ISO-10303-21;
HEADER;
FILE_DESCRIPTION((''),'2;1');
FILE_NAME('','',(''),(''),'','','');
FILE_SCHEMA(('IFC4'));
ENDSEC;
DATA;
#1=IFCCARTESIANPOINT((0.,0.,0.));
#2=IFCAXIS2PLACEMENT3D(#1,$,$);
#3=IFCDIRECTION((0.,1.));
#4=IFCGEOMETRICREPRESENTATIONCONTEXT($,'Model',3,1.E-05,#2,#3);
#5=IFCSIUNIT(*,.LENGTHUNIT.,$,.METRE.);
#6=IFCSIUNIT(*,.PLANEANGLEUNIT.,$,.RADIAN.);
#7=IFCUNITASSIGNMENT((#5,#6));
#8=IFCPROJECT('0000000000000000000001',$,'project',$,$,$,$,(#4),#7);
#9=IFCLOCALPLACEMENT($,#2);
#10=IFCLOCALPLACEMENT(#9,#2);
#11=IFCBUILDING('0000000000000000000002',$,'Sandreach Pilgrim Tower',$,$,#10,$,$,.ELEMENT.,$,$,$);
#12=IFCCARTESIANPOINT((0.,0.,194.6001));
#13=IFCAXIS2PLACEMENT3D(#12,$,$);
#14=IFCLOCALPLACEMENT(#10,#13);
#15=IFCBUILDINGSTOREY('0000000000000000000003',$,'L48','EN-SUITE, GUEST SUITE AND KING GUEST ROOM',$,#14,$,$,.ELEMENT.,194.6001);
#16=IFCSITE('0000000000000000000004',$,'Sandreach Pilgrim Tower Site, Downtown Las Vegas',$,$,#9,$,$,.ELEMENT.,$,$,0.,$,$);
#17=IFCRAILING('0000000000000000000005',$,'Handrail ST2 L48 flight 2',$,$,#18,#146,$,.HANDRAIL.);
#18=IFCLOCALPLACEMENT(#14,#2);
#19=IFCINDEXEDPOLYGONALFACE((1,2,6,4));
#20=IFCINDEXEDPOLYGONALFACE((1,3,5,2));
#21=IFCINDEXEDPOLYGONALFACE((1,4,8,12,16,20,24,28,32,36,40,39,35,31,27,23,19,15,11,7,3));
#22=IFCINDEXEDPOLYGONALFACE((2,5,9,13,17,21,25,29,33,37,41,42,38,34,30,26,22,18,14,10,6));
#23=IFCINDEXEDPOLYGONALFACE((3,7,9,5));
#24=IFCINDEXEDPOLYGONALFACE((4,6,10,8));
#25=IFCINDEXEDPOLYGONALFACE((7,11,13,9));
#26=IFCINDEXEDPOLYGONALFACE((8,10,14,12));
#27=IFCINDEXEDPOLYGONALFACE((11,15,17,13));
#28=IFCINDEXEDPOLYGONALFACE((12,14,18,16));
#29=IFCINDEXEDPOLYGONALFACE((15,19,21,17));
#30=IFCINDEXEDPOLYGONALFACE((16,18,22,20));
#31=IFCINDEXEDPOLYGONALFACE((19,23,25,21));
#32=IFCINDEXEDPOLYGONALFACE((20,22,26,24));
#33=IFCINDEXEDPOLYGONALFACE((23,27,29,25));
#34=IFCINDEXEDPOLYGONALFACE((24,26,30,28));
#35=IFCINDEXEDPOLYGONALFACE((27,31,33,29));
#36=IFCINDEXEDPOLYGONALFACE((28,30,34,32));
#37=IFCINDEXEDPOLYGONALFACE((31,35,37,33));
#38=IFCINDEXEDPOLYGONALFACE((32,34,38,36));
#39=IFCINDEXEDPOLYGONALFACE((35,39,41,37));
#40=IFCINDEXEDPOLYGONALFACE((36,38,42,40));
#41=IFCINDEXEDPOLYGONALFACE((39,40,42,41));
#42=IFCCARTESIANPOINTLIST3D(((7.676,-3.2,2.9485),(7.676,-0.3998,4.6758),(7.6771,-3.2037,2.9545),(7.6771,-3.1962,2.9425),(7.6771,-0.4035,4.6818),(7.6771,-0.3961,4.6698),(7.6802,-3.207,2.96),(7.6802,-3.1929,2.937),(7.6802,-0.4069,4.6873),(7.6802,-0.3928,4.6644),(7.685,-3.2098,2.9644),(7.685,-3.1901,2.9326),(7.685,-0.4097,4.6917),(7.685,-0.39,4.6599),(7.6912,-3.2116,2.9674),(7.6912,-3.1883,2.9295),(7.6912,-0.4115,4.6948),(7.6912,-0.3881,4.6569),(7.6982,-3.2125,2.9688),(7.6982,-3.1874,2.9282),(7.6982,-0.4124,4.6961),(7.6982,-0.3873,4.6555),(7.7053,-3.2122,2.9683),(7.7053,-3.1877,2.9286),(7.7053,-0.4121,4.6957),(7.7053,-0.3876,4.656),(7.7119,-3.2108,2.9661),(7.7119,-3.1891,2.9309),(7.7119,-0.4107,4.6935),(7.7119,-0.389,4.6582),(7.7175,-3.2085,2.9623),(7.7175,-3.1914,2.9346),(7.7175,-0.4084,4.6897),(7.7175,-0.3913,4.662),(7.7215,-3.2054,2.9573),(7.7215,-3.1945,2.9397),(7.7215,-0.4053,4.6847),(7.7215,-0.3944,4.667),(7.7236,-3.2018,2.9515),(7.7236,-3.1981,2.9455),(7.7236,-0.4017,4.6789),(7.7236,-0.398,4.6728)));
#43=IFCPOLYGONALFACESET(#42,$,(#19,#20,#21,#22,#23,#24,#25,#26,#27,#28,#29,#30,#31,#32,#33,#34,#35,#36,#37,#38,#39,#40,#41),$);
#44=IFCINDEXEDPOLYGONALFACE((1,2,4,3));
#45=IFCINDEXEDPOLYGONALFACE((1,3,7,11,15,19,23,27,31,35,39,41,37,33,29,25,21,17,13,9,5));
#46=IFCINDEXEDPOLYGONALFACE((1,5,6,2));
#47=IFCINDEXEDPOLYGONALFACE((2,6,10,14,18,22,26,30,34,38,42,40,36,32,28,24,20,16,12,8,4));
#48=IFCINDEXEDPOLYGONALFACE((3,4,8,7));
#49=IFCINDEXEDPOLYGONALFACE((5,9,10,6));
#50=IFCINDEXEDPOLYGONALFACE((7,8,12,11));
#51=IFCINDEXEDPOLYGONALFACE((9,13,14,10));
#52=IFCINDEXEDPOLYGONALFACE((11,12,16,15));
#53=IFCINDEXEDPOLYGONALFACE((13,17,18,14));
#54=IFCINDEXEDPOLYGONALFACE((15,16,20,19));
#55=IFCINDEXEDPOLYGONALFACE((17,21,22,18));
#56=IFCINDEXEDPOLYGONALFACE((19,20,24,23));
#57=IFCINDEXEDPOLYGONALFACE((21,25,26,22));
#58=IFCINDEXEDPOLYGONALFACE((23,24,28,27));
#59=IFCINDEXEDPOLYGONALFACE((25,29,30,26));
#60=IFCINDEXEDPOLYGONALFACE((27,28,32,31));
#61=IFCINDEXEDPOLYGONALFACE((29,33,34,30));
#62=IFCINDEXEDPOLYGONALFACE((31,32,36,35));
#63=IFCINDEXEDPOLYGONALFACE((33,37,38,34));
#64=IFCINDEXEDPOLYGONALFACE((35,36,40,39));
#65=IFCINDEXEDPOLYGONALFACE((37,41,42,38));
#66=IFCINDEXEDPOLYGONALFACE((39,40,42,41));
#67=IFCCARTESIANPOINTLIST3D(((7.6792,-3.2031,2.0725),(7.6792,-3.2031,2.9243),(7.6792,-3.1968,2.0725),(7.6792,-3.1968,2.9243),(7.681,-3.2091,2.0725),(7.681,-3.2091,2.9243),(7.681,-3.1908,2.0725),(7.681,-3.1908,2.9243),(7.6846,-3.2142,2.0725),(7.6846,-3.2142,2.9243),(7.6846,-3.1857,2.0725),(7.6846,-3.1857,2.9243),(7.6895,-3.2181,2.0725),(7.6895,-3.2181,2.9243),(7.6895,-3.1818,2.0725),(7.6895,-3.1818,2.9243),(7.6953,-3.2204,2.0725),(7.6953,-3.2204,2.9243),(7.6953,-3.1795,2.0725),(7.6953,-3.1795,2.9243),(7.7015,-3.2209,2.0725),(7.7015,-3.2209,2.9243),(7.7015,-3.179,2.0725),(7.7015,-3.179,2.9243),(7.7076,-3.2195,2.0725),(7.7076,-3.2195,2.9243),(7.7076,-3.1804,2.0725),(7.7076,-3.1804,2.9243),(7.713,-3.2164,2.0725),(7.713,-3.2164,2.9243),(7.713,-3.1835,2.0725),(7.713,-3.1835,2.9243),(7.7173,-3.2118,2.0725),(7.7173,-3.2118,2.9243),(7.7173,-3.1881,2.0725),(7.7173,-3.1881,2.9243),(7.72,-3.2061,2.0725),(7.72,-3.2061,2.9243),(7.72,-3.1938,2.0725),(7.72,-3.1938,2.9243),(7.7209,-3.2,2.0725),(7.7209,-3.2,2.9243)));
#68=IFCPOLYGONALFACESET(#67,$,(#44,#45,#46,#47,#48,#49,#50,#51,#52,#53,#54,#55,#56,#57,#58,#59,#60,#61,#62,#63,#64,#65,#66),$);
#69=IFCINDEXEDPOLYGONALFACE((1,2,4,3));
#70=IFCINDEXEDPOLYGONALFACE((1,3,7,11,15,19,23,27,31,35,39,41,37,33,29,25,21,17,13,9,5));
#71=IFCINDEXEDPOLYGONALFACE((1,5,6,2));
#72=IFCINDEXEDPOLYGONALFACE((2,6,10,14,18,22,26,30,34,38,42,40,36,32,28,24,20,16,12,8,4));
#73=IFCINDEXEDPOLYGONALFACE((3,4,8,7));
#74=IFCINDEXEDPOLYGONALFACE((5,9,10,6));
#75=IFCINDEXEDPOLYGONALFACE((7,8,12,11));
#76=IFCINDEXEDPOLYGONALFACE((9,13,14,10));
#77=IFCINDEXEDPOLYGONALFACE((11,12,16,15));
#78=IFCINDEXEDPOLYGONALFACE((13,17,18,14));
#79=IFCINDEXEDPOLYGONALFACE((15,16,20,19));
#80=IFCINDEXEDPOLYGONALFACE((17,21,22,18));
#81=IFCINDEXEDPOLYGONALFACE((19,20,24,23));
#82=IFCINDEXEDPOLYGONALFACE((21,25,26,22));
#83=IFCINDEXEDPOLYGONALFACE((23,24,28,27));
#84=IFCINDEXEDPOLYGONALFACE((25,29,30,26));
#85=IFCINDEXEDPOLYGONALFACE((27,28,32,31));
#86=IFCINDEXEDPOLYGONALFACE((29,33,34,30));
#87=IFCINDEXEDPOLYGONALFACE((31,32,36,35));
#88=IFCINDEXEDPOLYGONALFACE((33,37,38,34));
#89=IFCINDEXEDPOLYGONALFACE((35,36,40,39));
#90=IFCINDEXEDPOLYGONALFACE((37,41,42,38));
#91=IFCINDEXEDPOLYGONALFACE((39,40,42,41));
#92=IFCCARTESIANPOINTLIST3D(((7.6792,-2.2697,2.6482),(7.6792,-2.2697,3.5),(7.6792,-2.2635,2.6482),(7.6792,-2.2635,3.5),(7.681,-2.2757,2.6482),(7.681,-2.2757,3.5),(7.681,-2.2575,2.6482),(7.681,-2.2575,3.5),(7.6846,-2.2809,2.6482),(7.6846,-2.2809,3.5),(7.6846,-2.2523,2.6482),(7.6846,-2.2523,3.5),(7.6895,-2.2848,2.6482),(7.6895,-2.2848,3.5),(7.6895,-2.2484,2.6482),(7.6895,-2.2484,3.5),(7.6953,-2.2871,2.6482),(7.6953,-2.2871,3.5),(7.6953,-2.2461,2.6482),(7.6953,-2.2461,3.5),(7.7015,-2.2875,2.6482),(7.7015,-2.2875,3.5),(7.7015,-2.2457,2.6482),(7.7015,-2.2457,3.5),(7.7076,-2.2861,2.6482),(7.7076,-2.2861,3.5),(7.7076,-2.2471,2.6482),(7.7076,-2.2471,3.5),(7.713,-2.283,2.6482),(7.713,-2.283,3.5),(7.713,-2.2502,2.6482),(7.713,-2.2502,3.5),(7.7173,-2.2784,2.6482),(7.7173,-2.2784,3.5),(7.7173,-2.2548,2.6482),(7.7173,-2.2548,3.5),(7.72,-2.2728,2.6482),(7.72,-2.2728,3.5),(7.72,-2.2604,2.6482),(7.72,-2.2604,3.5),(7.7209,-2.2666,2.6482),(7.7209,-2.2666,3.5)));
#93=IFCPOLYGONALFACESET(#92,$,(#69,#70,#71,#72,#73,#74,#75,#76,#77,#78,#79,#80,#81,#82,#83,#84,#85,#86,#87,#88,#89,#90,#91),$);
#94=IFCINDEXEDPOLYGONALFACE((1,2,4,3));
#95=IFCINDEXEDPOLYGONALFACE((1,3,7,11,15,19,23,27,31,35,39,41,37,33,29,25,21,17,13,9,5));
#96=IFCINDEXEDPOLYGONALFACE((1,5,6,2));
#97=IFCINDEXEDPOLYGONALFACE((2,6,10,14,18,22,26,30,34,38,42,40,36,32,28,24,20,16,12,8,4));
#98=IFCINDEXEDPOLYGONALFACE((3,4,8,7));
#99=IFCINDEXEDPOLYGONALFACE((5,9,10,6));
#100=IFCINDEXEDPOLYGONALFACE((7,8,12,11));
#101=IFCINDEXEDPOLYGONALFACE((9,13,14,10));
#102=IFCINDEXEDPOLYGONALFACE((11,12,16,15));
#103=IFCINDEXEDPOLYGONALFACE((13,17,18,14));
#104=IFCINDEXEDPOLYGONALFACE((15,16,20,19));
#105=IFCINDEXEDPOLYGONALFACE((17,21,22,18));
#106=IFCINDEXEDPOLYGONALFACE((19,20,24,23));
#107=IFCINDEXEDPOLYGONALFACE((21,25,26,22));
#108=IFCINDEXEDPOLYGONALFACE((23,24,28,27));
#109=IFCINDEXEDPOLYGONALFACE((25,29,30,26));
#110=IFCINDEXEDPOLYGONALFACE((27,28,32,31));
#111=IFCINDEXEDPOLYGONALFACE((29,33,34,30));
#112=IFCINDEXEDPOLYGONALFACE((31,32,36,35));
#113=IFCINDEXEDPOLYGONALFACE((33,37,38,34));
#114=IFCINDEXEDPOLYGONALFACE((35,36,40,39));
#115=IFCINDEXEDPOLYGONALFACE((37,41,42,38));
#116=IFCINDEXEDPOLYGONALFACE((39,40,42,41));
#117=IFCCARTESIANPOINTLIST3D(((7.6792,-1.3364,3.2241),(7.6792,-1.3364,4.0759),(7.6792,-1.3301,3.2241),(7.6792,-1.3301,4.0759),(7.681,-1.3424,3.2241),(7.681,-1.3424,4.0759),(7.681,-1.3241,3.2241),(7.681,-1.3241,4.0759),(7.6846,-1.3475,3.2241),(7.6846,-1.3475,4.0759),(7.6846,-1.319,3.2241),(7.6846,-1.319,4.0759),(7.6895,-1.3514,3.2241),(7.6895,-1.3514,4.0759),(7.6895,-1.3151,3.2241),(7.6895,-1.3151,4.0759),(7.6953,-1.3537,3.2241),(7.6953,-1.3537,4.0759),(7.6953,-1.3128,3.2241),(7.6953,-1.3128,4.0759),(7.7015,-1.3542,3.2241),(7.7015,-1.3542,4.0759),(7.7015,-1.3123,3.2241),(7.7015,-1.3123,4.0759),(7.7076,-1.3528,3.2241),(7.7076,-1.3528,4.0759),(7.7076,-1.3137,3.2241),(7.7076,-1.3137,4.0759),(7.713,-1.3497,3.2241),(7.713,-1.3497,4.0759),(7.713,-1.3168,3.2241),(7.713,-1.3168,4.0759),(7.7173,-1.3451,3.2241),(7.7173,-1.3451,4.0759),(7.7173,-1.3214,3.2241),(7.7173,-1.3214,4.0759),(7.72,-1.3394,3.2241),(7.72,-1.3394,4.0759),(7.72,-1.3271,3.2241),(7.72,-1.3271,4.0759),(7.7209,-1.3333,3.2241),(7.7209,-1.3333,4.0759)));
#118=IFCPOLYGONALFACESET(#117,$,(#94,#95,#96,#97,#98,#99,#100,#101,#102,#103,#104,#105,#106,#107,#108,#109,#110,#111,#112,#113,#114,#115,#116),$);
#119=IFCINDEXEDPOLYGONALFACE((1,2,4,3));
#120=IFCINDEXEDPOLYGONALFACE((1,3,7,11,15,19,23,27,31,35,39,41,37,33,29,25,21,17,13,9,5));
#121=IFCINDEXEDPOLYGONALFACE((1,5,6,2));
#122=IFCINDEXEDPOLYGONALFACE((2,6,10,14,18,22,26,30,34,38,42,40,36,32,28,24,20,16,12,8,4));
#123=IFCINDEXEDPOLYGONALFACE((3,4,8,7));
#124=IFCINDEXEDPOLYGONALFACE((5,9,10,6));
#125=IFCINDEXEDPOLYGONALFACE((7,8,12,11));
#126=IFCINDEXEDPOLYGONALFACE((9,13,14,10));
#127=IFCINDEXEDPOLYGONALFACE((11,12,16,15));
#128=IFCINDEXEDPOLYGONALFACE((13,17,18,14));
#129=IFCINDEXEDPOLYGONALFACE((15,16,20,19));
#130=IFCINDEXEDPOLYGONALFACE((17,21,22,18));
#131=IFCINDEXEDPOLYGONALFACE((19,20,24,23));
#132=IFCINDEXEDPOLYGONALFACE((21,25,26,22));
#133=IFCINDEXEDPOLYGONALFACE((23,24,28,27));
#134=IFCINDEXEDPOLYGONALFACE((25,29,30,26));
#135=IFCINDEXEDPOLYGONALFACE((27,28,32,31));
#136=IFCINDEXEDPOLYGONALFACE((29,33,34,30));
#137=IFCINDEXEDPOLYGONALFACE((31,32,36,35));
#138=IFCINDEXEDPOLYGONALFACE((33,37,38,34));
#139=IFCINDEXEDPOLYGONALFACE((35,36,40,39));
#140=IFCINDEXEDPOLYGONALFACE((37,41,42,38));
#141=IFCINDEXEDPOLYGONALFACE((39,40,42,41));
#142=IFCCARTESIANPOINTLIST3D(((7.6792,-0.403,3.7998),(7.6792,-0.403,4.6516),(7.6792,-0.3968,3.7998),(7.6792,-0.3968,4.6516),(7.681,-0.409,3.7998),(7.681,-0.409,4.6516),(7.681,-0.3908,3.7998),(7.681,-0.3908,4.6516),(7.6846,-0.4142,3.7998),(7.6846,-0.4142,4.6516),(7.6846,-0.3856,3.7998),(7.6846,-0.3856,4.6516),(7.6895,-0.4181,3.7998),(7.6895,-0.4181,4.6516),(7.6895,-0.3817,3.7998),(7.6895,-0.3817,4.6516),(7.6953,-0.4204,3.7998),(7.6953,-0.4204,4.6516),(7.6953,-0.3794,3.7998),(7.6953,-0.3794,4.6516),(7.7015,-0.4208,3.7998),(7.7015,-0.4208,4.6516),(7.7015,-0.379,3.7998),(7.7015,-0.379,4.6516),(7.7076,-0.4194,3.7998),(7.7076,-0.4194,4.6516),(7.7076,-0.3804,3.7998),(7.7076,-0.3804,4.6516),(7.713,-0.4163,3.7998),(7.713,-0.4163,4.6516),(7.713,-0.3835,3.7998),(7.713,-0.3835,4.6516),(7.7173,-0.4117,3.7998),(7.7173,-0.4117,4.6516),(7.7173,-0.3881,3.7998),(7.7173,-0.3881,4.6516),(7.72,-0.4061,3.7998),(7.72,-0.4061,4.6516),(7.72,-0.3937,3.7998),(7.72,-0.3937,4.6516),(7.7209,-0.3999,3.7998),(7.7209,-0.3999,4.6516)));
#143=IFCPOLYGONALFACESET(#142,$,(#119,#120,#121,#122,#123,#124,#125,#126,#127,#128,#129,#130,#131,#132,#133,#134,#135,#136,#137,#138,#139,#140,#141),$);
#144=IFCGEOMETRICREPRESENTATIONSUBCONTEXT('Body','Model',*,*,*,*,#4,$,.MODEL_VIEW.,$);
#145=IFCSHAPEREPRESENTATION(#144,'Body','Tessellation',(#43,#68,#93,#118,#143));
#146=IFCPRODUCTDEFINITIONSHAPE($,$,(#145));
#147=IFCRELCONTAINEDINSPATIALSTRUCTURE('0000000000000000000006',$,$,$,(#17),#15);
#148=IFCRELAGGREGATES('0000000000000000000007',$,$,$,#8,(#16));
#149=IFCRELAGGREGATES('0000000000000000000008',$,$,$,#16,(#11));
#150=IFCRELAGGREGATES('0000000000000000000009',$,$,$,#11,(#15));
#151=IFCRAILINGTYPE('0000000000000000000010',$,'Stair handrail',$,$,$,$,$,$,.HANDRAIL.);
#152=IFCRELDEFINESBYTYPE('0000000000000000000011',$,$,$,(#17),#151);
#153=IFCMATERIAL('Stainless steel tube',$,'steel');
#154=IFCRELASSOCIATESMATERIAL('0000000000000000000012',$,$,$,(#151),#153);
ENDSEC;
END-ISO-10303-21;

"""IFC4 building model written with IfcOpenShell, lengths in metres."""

from ifc_helpers import new_model, si_unit, direction, frame, origin, origin_2d, place, context, subcontext, project, spatial, circle, extrude, material, type_object, element, save


model = new_model("IFC4")

# Units and contexts
model_context = context("Model", 3, precision=1e-05, world=origin(), true_north=direction((0.0, 1.0)))
body_context = subcontext(model_context, "Body", "Model", "MODEL_VIEW")
ifc_project = project(units=[si_unit("LENGTHUNIT", "METRE"), si_unit("PLANEANGLEUNIT", "RADIAN")], contexts=[model_context])

# Site, building, storey
site_placement = place(None, origin())
site = spatial("IfcSite", under=ifc_project, at=site_placement, Name="Sandreach Pilgrim Tower Site, Downtown Las Vegas", CompositionType="ELEMENT", RefElevation=0.0)
building_placement = place(site_placement, origin())
building = spatial("IfcBuilding", under=site, at=building_placement, Name="Sandreach Pilgrim Tower", CompositionType="ELEMENT")
storey_placement = place(building_placement, frame((0.0, 0.0, 194.6001)))
storey = spatial("IfcBuildingStorey", under=building, at=storey_placement, Name="L48", Description="EN-SUITE, GUEST SUITE AND KING GUEST ROOM", CompositionType="ELEMENT", Elevation=194.6001)

# Railing
ifc_material_1 = material(Name="Stainless steel tube", Category="steel")
railing_type = type_object("IfcRailingType", Name="Stair handrail", PredefinedType="HANDRAIL", material=ifc_material_1)
for number, where, name in (
    (1, (7.7, -3.2, 2.0725), "Handrail ST2 L48 flight 2"),
):
    element("IfcRailing", number, at=place(storey_placement, frame(where)), inside=storey, type_object=railing_type, Name=name, PredefinedType="HANDRAIL", context=body_context, shape_type="SweptSolid", body=[
        extrude(circle(Radius=0.0239, at=origin_2d()), frame((0.0, 0.0, 0.876), z_axis=(0.0, 0.85109, 0.52502), x_axis=(-1.0, 0.0, 0.0)), (0.0, 0.0, 1.0), 3.29),
        extrude(circle(Radius=0.021, at=origin_2d()), origin(), (0.0, 0.0, 1.0), 0.8518),
        extrude(circle(Radius=0.021, at=origin_2d()), frame((0.0, 0.9333, 0.5757)), (0.0, 0.0, 1.0), 0.8518),
        extrude(circle(Radius=0.021, at=origin_2d()), frame((0.0, 1.8667, 1.1516)), (0.0, 0.0, 1.0), 0.8518),
        extrude(circle(Radius=0.021, at=origin_2d()), frame((0.0, 2.8, 1.7273)), (0.0, 0.0, 1.0), 0.8518),
    ])

save(model, "model.ifc")
